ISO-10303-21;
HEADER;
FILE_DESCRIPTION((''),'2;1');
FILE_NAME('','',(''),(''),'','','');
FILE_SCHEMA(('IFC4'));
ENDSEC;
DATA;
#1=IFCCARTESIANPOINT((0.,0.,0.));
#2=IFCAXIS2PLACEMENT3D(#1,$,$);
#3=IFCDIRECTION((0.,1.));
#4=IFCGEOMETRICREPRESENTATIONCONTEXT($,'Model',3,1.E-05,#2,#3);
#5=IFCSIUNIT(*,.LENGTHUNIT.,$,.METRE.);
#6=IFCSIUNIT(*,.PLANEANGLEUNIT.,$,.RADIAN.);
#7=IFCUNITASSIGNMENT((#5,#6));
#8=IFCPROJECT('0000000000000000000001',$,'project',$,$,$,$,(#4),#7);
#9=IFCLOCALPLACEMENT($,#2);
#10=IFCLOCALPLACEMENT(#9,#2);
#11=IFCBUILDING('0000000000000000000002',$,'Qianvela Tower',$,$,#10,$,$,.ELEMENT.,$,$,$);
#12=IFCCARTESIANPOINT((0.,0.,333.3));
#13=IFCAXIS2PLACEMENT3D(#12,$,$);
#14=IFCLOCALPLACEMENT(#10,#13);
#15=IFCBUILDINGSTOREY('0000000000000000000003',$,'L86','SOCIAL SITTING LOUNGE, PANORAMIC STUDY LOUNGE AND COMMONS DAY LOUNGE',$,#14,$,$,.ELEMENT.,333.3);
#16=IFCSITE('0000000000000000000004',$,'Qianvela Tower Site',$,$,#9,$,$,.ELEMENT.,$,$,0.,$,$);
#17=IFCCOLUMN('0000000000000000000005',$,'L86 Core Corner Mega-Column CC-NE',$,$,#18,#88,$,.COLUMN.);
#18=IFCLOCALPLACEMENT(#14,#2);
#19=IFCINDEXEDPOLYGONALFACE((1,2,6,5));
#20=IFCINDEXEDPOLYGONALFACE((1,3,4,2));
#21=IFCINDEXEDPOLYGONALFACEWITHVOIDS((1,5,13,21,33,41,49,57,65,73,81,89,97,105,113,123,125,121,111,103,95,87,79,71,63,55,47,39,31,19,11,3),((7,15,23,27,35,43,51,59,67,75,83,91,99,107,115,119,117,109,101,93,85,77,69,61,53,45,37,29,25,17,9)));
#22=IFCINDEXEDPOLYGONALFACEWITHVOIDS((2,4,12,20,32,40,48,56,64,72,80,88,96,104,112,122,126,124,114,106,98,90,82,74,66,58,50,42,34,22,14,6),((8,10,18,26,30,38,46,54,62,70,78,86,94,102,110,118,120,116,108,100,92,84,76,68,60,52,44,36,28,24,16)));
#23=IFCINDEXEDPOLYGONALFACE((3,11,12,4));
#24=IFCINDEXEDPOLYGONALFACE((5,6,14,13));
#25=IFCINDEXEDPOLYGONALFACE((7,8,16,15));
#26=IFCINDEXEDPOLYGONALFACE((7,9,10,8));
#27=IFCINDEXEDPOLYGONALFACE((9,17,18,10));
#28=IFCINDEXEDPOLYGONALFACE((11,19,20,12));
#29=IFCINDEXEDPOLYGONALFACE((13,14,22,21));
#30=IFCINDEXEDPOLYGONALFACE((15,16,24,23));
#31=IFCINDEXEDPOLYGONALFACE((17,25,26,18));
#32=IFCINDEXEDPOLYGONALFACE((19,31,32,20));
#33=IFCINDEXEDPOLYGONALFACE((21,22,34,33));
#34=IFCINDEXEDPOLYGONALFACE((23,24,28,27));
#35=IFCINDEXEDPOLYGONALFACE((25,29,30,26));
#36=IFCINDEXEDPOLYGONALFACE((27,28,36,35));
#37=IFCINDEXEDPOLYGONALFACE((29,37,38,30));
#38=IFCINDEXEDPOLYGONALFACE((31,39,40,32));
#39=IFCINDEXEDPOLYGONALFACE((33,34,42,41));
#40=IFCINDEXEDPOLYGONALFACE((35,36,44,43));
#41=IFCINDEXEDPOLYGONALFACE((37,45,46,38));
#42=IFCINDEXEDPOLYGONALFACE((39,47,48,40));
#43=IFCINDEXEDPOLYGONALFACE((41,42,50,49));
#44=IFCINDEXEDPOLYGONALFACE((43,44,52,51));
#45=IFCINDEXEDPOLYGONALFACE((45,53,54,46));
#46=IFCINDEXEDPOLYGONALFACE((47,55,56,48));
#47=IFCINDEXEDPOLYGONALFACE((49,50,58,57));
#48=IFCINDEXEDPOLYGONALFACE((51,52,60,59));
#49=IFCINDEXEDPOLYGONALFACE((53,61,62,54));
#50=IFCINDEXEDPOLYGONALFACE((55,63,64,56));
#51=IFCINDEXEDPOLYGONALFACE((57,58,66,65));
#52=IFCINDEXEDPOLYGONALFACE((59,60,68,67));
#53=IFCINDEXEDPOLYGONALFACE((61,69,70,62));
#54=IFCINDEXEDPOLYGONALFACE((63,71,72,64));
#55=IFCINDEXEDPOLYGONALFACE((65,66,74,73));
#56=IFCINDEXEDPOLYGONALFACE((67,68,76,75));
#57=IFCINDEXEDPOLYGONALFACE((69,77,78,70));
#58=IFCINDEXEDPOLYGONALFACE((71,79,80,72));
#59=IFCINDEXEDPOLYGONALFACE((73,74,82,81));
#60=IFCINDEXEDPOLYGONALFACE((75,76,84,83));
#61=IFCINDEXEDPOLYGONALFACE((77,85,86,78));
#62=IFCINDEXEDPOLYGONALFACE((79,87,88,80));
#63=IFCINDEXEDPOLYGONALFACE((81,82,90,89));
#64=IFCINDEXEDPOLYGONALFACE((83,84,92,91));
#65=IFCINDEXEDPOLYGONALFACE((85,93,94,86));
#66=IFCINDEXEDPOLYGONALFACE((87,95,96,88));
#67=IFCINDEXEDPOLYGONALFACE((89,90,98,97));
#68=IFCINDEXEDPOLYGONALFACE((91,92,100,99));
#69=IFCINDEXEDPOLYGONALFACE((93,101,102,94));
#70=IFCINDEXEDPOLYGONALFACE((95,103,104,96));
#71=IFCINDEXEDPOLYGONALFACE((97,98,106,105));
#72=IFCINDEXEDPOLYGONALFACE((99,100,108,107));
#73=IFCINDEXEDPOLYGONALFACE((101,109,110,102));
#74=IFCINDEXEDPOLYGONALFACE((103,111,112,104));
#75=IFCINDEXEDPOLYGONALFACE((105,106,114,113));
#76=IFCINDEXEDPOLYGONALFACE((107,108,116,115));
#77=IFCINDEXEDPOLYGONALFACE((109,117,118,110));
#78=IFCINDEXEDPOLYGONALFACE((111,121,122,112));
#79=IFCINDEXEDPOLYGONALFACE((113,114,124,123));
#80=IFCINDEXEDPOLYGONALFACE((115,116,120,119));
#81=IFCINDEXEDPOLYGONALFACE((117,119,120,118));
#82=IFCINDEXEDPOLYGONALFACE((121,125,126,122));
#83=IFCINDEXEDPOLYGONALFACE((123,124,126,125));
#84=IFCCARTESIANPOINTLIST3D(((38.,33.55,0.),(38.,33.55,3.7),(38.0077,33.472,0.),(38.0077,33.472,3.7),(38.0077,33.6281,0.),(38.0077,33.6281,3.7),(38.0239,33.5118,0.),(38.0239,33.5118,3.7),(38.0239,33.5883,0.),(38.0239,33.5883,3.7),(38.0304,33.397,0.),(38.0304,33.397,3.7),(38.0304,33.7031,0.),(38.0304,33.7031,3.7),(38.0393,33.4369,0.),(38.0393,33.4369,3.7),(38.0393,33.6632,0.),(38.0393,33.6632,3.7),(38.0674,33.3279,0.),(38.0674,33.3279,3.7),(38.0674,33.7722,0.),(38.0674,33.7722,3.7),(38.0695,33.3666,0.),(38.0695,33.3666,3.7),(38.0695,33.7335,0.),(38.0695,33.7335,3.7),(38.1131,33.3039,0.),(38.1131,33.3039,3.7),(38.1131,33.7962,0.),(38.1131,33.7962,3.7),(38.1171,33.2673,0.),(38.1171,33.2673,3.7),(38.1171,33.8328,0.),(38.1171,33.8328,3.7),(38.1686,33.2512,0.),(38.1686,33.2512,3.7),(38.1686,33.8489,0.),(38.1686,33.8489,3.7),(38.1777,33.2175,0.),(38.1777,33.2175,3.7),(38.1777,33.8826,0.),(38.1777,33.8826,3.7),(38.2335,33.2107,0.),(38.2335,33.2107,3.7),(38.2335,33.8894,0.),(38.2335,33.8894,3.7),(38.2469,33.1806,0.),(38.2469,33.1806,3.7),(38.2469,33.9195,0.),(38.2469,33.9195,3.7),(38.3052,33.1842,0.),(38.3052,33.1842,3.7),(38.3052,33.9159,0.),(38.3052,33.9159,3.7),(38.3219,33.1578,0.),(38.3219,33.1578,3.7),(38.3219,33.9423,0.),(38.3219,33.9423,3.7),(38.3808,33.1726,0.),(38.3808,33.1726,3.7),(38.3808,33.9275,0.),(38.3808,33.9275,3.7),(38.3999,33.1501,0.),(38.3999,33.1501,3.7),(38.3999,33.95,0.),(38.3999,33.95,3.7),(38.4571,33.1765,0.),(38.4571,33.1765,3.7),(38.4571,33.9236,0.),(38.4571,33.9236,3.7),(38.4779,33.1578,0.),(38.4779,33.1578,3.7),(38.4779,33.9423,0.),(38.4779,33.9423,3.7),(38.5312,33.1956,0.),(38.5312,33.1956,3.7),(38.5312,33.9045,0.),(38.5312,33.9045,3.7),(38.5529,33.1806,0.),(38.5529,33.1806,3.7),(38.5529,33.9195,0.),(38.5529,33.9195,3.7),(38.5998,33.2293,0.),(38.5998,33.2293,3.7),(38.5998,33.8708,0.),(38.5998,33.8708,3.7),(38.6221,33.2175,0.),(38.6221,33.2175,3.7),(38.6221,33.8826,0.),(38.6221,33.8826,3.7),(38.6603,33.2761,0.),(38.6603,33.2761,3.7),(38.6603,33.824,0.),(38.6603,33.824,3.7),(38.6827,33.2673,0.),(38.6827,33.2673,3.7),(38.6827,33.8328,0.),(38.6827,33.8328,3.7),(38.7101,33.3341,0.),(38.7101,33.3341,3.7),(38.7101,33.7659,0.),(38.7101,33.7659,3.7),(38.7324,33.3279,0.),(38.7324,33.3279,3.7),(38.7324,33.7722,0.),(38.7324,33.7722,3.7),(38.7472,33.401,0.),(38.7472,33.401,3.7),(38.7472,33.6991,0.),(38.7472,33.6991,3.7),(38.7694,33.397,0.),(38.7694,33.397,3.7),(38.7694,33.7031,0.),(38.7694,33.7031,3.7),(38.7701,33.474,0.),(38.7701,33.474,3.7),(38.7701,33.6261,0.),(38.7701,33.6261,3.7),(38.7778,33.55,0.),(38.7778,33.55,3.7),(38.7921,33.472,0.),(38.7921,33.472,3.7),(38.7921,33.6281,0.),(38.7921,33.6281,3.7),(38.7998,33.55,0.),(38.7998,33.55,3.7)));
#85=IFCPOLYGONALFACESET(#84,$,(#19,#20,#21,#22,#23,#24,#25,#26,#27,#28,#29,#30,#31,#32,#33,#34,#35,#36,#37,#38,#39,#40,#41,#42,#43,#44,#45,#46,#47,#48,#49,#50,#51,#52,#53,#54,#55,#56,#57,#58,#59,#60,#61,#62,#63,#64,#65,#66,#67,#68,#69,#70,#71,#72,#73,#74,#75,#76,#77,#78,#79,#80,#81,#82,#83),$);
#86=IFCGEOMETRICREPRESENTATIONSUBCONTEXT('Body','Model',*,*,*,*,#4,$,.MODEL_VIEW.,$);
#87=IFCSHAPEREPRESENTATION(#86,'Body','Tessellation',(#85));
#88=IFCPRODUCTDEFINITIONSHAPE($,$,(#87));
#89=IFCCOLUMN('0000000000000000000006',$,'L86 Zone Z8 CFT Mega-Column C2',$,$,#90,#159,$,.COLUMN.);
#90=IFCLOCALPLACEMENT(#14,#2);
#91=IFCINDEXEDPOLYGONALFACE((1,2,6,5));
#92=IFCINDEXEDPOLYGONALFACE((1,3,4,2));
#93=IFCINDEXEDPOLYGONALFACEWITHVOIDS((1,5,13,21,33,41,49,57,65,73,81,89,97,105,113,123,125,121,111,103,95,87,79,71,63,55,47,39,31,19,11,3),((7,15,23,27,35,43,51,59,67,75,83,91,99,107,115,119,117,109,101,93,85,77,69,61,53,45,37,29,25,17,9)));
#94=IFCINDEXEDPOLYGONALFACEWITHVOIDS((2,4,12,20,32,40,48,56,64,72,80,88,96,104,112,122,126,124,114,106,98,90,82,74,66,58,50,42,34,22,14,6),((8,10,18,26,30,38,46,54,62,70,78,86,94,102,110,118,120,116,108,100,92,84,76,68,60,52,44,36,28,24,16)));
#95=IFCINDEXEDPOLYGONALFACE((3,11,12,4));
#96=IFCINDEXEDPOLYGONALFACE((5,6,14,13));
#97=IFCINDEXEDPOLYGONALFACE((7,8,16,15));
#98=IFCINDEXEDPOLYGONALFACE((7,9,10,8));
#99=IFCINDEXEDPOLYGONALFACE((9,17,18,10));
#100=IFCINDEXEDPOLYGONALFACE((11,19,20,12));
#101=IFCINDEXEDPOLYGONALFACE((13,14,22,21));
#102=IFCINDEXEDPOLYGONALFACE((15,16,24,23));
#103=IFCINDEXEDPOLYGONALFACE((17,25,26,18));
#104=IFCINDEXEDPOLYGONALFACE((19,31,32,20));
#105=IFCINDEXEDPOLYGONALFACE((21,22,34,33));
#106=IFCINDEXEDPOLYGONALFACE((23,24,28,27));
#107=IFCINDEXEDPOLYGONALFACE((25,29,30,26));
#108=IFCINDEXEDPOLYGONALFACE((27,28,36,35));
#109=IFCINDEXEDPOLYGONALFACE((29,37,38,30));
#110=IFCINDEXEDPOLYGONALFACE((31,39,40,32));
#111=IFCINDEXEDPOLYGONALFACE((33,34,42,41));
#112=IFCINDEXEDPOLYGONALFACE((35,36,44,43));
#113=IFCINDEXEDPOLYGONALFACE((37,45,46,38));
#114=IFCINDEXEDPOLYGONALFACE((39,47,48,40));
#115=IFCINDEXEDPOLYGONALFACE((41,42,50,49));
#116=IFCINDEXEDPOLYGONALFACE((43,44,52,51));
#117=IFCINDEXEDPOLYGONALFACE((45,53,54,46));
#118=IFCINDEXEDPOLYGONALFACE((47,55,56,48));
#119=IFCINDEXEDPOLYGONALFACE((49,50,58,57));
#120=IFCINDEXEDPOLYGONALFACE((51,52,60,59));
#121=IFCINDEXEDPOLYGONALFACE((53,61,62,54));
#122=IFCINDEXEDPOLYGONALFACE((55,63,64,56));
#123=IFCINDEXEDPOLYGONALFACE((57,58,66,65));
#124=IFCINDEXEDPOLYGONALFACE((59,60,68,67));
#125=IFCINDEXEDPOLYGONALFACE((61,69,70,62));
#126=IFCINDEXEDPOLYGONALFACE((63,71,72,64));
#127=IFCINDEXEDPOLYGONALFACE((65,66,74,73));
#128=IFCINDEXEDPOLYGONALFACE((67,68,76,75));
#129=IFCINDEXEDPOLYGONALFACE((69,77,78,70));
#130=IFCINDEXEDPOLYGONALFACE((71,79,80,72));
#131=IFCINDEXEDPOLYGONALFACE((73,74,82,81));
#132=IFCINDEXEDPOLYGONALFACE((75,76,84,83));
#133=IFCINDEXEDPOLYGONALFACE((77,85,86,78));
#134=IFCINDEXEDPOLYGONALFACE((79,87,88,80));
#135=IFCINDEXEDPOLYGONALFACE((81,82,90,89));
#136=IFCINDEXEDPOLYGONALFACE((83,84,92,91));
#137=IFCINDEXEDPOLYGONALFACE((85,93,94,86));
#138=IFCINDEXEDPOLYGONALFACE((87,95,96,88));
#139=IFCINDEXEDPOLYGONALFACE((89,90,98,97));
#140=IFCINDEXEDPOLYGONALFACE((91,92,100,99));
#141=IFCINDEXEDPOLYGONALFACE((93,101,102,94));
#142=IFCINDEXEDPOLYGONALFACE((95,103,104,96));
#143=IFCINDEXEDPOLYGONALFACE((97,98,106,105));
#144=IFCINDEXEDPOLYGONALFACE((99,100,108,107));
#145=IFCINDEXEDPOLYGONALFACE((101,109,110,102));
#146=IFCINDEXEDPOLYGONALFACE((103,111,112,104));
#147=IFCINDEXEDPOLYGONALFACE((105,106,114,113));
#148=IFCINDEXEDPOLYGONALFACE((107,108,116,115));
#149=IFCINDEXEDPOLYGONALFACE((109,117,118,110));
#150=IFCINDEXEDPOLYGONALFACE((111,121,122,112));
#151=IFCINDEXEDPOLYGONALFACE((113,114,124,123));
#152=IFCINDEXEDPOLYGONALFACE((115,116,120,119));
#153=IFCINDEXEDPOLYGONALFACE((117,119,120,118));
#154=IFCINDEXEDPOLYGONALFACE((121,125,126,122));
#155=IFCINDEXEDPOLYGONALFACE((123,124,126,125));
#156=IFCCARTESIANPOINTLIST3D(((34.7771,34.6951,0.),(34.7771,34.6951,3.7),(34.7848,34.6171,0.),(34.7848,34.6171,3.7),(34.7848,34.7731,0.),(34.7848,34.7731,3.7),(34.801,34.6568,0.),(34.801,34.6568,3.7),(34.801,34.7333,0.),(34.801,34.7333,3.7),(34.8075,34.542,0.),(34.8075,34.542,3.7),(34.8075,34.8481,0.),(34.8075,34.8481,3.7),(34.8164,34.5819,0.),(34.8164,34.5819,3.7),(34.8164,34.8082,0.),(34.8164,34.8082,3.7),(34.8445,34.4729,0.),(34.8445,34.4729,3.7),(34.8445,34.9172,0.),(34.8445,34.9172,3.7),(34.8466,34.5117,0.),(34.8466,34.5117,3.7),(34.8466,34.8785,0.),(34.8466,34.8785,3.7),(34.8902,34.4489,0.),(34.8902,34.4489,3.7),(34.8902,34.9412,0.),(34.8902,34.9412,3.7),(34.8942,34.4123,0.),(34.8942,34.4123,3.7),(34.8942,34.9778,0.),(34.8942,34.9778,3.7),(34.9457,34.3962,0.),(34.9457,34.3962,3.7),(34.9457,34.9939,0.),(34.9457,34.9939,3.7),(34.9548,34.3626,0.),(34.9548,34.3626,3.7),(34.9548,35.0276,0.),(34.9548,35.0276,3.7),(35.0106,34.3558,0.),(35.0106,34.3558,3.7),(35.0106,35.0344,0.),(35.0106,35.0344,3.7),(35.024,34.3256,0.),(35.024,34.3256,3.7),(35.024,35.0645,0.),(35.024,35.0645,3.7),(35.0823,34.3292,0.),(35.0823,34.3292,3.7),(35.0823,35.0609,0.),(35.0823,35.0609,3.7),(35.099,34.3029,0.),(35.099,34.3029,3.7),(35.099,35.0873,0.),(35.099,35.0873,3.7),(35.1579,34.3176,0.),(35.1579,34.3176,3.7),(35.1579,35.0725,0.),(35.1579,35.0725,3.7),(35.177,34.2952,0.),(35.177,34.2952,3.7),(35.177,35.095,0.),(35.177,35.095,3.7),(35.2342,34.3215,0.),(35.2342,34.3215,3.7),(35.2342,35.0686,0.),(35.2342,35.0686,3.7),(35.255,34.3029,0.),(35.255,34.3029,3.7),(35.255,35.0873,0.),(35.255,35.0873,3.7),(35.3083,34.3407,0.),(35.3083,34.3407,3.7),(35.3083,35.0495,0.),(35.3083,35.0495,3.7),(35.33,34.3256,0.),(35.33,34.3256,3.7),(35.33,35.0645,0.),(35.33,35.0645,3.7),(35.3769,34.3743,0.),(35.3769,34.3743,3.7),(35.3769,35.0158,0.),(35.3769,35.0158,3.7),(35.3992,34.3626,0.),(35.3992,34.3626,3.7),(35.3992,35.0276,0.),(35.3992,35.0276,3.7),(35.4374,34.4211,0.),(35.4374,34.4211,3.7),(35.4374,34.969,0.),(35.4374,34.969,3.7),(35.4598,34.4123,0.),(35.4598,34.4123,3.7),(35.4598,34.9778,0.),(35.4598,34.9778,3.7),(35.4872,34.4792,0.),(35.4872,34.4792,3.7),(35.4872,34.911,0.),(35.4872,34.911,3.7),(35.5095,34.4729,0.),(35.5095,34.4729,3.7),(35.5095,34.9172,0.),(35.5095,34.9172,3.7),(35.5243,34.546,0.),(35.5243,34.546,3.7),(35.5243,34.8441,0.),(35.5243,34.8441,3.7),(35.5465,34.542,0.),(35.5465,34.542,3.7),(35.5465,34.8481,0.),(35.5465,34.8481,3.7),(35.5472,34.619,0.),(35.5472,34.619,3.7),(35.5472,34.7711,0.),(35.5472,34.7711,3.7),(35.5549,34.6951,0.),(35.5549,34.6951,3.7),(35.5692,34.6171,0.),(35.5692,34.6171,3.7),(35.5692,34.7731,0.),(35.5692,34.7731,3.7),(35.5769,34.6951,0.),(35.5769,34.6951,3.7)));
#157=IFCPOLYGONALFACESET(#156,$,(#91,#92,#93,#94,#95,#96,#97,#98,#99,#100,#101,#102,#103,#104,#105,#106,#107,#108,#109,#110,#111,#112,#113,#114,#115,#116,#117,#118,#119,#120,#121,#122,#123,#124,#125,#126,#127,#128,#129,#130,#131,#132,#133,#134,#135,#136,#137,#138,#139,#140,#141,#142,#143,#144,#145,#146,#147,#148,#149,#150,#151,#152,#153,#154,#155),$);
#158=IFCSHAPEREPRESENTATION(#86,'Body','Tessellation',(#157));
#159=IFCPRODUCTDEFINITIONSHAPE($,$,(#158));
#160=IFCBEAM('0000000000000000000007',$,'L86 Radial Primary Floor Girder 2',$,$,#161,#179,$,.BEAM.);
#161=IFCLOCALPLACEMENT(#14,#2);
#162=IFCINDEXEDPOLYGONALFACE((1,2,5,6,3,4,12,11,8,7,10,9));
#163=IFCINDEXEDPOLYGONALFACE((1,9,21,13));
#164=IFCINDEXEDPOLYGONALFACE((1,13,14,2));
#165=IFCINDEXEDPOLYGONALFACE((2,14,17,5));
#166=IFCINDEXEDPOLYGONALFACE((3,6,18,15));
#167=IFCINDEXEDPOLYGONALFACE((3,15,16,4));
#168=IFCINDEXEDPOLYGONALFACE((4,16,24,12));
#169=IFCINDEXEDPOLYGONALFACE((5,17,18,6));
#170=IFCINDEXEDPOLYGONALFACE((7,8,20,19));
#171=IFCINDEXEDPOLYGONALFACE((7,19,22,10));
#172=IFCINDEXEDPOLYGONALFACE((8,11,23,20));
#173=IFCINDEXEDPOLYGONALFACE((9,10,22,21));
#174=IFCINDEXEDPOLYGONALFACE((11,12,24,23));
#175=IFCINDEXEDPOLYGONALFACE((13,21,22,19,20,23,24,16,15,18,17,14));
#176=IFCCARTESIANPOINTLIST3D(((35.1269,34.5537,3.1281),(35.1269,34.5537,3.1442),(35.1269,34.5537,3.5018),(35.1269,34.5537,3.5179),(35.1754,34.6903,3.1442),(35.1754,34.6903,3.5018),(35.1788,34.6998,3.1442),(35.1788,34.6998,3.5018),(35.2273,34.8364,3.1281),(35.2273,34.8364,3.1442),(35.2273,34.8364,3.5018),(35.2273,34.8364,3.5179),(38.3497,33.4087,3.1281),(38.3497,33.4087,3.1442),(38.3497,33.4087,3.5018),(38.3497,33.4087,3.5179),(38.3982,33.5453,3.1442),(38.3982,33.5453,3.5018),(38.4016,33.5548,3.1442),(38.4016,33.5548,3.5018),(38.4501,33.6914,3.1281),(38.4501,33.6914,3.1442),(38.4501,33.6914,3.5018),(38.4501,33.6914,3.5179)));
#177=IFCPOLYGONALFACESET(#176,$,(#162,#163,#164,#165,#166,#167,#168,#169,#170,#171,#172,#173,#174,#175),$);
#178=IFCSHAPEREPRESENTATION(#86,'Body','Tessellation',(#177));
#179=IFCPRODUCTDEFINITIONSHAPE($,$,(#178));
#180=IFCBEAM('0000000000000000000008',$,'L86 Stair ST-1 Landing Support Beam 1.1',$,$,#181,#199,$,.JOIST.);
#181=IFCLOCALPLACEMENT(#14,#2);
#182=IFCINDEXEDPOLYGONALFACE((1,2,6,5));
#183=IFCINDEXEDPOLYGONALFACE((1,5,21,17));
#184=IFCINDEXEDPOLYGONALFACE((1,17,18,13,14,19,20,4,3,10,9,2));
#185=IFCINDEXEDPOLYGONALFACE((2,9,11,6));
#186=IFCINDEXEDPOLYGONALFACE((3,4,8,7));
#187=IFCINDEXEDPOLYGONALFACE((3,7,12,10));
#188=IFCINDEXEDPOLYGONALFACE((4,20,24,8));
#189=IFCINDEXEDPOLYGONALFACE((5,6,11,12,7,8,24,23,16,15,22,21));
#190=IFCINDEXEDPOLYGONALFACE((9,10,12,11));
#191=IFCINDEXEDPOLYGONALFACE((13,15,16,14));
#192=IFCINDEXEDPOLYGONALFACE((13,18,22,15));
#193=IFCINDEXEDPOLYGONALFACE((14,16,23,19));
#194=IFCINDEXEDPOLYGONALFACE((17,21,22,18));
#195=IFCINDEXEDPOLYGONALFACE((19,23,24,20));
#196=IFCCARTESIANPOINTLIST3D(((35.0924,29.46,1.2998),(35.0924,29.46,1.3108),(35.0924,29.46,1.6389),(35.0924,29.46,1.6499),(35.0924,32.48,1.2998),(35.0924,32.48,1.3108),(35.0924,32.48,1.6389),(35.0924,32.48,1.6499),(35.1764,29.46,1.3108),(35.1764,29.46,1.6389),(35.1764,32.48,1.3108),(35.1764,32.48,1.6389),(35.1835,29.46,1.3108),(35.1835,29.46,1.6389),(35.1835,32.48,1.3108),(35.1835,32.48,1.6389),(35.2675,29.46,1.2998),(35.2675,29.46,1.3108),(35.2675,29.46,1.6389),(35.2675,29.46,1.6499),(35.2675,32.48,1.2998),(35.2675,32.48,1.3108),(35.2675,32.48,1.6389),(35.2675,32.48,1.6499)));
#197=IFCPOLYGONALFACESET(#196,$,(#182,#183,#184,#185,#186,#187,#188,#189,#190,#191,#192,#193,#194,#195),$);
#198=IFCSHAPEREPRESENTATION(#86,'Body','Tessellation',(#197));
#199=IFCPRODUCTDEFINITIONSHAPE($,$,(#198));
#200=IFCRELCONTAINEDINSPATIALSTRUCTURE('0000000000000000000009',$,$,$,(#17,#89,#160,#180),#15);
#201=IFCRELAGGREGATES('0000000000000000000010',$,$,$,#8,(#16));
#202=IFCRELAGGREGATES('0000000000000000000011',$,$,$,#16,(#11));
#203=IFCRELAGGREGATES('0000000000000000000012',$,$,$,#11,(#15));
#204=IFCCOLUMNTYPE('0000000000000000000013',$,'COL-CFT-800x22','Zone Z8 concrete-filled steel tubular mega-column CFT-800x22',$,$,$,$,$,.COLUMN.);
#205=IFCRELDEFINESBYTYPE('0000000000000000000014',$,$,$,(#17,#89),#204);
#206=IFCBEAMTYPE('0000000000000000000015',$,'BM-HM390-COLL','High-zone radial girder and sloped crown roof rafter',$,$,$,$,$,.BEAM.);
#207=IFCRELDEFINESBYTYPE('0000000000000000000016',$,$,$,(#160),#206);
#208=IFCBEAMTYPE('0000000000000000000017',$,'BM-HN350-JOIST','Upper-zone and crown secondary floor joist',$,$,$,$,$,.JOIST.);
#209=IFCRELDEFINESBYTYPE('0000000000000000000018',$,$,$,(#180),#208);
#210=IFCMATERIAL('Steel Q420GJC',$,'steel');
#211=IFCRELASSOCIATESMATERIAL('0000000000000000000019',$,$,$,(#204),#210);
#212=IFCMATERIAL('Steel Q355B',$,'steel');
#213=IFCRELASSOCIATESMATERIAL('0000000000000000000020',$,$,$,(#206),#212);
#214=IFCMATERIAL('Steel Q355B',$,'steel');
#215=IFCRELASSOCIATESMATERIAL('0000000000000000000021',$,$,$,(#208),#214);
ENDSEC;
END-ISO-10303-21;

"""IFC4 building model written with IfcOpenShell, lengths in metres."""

from ifc_helpers import new_model, si_unit, direction, frame, origin, origin_2d, place, context, subcontext, project, spatial, hollow_circle, i_section, extrude, material, material_profile, profile_set, type_object, element, save


model = new_model("IFC4")

# Units and contexts
model_context = context("Model", 3, precision=1e-05, world=origin(), true_north=direction((0.0, 1.0)))
body_context = subcontext(model_context, "Body", "Model", "MODEL_VIEW")
ifc_project = project(units=[si_unit("LENGTHUNIT", "METRE"), si_unit("PLANEANGLEUNIT", "RADIAN")], contexts=[model_context])

# Site, building, storey
site_placement = place(None, origin())
site = spatial("IfcSite", under=ifc_project, at=site_placement, Name="Qianvela Tower Site", CompositionType="ELEMENT", RefElevation=0.0)
building_placement = place(site_placement, origin())
building = spatial("IfcBuilding", under=site, at=building_placement, Name="Qianvela Tower", CompositionType="ELEMENT")
storey_placement = place(building_placement, frame((0.0, 0.0, 333.3)))
storey = spatial("IfcBuildingStorey", under=building, at=storey_placement, Name="L86", Description="SOCIAL SITTING LOUNGE, PANORAMIC STUDY LOUNGE AND COMMONS DAY LOUNGE", CompositionType="ELEMENT", Elevation=333.3)

# Columns
ifc_material_1 = material(Name="Steel Q420GJC", Category="steel")
ifc_material_profile_1 = material_profile(ifc_material_1, hollow_circle(Radius=0.3999, WallThickness=0.022, at=origin_2d()), Name="CFT-800x22")
ifc_profile_set_1 = profile_set([ifc_material_profile_1], Name="Steel Q420GJC")
column_type = type_object("IfcColumnType", Name="COL-CFT-800x22", Description="Zone Z8 concrete-filled steel tubular mega-column CFT-800x22", PredefinedType="COLUMN", material=ifc_profile_set_1)
for number, where, z_axis, x_axis, name in (
    (1, (38.3999, 33.55, 0.0), (0.0, 0.0, 1.0), (1.0, 0.0, 0.0), "L86 Core Corner Mega-Column CC-NE"),
    (2, (35.177, 34.6951, 0.0), (0.0, 0.0, 1.0), (1.0, 0.0, 0.0), "L86 Zone Z8 CFT Mega-Column C2"),
):
    element("IfcColumn", number, at=place(storey_placement, frame(where, z_axis=z_axis, x_axis=x_axis)), inside=storey, type_object=column_type, Name=name, PredefinedType="COLUMN", context=body_context, shape_type="SweptSolid", body=[
        extrude(hollow_circle(Radius=0.3999, WallThickness=0.022, at=origin_2d()), origin(), (0.0, 0.0, 1.0), 3.7),
    ])

# Beams
ifc_material_2 = material(Name="Steel Q355B", Category="steel")
ifc_material_profile_2 = material_profile(ifc_material_2, i_section(OverallWidth=0.3, OverallDepth=0.3899, WebThickness=0.01, FlangeThickness=0.0161, at=origin_2d()), Name="HM390x300x10x16")
ifc_profile_set_2 = profile_set([ifc_material_profile_2], Name="Steel Q355B")
beam_type_1 = type_object("IfcBeamType", Name="BM-HM390-COLL", Description="High-zone radial girder and sloped crown roof rafter", PredefinedType="BEAM", material=ifc_profile_set_2)
beam_1_placement = place(storey_placement, frame((38.3999, 33.55, 3.323), z_axis=(-0.942298, 0.334776, 0.0), x_axis=(-0.334776, -0.942298, 0.0)))
element("IfcBeam", 3, at=beam_1_placement, inside=storey, type_object=beam_type_1, Name="L86 Radial Primary Floor Girder 2", PredefinedType="BEAM", context=body_context, shape_type="SweptSolid", body=[
    extrude(i_section(OverallWidth=0.3, OverallDepth=0.3899, WebThickness=0.01, FlangeThickness=0.0161, at=origin_2d()), origin(), (0.0, 0.0, 1.0), 3.4202),
])
ifc_material_3 = material(Name="Steel Q355B", Category="steel")
ifc_material_profile_3 = material_profile(ifc_material_3, i_section(OverallWidth=0.175, OverallDepth=0.3501, WebThickness=0.0071, FlangeThickness=0.011, at=origin_2d()), Name="HN350x175x7x11")
ifc_profile_set_3 = profile_set([ifc_material_profile_3], Name="Steel Q355B")
beam_type_2 = type_object("IfcBeamType", Name="BM-HN350-JOIST", Description="Upper-zone and crown secondary floor joist", PredefinedType="JOIST", material=ifc_profile_set_3)
for number, where, z_axis, x_axis, name in (
    (4, (35.1799, 29.46, 1.4749), (0.0, 1.0, 0.0), (-1.0, 0.0, 0.0), "L86 Stair ST-1 Landing Support Beam 1.1"),
):
    element("IfcBeam", number, at=place(storey_placement, frame(where, z_axis=z_axis, x_axis=x_axis)), inside=storey, type_object=beam_type_2, Name=name, PredefinedType="JOIST", context=body_context, shape_type="SweptSolid", body=[
        extrude(i_section(OverallWidth=0.175, OverallDepth=0.3501, WebThickness=0.0071, FlangeThickness=0.011, at=origin_2d()), origin(), (0.0, 0.0, 1.0), 3.02),
    ])

save(model, "model.ifc")
